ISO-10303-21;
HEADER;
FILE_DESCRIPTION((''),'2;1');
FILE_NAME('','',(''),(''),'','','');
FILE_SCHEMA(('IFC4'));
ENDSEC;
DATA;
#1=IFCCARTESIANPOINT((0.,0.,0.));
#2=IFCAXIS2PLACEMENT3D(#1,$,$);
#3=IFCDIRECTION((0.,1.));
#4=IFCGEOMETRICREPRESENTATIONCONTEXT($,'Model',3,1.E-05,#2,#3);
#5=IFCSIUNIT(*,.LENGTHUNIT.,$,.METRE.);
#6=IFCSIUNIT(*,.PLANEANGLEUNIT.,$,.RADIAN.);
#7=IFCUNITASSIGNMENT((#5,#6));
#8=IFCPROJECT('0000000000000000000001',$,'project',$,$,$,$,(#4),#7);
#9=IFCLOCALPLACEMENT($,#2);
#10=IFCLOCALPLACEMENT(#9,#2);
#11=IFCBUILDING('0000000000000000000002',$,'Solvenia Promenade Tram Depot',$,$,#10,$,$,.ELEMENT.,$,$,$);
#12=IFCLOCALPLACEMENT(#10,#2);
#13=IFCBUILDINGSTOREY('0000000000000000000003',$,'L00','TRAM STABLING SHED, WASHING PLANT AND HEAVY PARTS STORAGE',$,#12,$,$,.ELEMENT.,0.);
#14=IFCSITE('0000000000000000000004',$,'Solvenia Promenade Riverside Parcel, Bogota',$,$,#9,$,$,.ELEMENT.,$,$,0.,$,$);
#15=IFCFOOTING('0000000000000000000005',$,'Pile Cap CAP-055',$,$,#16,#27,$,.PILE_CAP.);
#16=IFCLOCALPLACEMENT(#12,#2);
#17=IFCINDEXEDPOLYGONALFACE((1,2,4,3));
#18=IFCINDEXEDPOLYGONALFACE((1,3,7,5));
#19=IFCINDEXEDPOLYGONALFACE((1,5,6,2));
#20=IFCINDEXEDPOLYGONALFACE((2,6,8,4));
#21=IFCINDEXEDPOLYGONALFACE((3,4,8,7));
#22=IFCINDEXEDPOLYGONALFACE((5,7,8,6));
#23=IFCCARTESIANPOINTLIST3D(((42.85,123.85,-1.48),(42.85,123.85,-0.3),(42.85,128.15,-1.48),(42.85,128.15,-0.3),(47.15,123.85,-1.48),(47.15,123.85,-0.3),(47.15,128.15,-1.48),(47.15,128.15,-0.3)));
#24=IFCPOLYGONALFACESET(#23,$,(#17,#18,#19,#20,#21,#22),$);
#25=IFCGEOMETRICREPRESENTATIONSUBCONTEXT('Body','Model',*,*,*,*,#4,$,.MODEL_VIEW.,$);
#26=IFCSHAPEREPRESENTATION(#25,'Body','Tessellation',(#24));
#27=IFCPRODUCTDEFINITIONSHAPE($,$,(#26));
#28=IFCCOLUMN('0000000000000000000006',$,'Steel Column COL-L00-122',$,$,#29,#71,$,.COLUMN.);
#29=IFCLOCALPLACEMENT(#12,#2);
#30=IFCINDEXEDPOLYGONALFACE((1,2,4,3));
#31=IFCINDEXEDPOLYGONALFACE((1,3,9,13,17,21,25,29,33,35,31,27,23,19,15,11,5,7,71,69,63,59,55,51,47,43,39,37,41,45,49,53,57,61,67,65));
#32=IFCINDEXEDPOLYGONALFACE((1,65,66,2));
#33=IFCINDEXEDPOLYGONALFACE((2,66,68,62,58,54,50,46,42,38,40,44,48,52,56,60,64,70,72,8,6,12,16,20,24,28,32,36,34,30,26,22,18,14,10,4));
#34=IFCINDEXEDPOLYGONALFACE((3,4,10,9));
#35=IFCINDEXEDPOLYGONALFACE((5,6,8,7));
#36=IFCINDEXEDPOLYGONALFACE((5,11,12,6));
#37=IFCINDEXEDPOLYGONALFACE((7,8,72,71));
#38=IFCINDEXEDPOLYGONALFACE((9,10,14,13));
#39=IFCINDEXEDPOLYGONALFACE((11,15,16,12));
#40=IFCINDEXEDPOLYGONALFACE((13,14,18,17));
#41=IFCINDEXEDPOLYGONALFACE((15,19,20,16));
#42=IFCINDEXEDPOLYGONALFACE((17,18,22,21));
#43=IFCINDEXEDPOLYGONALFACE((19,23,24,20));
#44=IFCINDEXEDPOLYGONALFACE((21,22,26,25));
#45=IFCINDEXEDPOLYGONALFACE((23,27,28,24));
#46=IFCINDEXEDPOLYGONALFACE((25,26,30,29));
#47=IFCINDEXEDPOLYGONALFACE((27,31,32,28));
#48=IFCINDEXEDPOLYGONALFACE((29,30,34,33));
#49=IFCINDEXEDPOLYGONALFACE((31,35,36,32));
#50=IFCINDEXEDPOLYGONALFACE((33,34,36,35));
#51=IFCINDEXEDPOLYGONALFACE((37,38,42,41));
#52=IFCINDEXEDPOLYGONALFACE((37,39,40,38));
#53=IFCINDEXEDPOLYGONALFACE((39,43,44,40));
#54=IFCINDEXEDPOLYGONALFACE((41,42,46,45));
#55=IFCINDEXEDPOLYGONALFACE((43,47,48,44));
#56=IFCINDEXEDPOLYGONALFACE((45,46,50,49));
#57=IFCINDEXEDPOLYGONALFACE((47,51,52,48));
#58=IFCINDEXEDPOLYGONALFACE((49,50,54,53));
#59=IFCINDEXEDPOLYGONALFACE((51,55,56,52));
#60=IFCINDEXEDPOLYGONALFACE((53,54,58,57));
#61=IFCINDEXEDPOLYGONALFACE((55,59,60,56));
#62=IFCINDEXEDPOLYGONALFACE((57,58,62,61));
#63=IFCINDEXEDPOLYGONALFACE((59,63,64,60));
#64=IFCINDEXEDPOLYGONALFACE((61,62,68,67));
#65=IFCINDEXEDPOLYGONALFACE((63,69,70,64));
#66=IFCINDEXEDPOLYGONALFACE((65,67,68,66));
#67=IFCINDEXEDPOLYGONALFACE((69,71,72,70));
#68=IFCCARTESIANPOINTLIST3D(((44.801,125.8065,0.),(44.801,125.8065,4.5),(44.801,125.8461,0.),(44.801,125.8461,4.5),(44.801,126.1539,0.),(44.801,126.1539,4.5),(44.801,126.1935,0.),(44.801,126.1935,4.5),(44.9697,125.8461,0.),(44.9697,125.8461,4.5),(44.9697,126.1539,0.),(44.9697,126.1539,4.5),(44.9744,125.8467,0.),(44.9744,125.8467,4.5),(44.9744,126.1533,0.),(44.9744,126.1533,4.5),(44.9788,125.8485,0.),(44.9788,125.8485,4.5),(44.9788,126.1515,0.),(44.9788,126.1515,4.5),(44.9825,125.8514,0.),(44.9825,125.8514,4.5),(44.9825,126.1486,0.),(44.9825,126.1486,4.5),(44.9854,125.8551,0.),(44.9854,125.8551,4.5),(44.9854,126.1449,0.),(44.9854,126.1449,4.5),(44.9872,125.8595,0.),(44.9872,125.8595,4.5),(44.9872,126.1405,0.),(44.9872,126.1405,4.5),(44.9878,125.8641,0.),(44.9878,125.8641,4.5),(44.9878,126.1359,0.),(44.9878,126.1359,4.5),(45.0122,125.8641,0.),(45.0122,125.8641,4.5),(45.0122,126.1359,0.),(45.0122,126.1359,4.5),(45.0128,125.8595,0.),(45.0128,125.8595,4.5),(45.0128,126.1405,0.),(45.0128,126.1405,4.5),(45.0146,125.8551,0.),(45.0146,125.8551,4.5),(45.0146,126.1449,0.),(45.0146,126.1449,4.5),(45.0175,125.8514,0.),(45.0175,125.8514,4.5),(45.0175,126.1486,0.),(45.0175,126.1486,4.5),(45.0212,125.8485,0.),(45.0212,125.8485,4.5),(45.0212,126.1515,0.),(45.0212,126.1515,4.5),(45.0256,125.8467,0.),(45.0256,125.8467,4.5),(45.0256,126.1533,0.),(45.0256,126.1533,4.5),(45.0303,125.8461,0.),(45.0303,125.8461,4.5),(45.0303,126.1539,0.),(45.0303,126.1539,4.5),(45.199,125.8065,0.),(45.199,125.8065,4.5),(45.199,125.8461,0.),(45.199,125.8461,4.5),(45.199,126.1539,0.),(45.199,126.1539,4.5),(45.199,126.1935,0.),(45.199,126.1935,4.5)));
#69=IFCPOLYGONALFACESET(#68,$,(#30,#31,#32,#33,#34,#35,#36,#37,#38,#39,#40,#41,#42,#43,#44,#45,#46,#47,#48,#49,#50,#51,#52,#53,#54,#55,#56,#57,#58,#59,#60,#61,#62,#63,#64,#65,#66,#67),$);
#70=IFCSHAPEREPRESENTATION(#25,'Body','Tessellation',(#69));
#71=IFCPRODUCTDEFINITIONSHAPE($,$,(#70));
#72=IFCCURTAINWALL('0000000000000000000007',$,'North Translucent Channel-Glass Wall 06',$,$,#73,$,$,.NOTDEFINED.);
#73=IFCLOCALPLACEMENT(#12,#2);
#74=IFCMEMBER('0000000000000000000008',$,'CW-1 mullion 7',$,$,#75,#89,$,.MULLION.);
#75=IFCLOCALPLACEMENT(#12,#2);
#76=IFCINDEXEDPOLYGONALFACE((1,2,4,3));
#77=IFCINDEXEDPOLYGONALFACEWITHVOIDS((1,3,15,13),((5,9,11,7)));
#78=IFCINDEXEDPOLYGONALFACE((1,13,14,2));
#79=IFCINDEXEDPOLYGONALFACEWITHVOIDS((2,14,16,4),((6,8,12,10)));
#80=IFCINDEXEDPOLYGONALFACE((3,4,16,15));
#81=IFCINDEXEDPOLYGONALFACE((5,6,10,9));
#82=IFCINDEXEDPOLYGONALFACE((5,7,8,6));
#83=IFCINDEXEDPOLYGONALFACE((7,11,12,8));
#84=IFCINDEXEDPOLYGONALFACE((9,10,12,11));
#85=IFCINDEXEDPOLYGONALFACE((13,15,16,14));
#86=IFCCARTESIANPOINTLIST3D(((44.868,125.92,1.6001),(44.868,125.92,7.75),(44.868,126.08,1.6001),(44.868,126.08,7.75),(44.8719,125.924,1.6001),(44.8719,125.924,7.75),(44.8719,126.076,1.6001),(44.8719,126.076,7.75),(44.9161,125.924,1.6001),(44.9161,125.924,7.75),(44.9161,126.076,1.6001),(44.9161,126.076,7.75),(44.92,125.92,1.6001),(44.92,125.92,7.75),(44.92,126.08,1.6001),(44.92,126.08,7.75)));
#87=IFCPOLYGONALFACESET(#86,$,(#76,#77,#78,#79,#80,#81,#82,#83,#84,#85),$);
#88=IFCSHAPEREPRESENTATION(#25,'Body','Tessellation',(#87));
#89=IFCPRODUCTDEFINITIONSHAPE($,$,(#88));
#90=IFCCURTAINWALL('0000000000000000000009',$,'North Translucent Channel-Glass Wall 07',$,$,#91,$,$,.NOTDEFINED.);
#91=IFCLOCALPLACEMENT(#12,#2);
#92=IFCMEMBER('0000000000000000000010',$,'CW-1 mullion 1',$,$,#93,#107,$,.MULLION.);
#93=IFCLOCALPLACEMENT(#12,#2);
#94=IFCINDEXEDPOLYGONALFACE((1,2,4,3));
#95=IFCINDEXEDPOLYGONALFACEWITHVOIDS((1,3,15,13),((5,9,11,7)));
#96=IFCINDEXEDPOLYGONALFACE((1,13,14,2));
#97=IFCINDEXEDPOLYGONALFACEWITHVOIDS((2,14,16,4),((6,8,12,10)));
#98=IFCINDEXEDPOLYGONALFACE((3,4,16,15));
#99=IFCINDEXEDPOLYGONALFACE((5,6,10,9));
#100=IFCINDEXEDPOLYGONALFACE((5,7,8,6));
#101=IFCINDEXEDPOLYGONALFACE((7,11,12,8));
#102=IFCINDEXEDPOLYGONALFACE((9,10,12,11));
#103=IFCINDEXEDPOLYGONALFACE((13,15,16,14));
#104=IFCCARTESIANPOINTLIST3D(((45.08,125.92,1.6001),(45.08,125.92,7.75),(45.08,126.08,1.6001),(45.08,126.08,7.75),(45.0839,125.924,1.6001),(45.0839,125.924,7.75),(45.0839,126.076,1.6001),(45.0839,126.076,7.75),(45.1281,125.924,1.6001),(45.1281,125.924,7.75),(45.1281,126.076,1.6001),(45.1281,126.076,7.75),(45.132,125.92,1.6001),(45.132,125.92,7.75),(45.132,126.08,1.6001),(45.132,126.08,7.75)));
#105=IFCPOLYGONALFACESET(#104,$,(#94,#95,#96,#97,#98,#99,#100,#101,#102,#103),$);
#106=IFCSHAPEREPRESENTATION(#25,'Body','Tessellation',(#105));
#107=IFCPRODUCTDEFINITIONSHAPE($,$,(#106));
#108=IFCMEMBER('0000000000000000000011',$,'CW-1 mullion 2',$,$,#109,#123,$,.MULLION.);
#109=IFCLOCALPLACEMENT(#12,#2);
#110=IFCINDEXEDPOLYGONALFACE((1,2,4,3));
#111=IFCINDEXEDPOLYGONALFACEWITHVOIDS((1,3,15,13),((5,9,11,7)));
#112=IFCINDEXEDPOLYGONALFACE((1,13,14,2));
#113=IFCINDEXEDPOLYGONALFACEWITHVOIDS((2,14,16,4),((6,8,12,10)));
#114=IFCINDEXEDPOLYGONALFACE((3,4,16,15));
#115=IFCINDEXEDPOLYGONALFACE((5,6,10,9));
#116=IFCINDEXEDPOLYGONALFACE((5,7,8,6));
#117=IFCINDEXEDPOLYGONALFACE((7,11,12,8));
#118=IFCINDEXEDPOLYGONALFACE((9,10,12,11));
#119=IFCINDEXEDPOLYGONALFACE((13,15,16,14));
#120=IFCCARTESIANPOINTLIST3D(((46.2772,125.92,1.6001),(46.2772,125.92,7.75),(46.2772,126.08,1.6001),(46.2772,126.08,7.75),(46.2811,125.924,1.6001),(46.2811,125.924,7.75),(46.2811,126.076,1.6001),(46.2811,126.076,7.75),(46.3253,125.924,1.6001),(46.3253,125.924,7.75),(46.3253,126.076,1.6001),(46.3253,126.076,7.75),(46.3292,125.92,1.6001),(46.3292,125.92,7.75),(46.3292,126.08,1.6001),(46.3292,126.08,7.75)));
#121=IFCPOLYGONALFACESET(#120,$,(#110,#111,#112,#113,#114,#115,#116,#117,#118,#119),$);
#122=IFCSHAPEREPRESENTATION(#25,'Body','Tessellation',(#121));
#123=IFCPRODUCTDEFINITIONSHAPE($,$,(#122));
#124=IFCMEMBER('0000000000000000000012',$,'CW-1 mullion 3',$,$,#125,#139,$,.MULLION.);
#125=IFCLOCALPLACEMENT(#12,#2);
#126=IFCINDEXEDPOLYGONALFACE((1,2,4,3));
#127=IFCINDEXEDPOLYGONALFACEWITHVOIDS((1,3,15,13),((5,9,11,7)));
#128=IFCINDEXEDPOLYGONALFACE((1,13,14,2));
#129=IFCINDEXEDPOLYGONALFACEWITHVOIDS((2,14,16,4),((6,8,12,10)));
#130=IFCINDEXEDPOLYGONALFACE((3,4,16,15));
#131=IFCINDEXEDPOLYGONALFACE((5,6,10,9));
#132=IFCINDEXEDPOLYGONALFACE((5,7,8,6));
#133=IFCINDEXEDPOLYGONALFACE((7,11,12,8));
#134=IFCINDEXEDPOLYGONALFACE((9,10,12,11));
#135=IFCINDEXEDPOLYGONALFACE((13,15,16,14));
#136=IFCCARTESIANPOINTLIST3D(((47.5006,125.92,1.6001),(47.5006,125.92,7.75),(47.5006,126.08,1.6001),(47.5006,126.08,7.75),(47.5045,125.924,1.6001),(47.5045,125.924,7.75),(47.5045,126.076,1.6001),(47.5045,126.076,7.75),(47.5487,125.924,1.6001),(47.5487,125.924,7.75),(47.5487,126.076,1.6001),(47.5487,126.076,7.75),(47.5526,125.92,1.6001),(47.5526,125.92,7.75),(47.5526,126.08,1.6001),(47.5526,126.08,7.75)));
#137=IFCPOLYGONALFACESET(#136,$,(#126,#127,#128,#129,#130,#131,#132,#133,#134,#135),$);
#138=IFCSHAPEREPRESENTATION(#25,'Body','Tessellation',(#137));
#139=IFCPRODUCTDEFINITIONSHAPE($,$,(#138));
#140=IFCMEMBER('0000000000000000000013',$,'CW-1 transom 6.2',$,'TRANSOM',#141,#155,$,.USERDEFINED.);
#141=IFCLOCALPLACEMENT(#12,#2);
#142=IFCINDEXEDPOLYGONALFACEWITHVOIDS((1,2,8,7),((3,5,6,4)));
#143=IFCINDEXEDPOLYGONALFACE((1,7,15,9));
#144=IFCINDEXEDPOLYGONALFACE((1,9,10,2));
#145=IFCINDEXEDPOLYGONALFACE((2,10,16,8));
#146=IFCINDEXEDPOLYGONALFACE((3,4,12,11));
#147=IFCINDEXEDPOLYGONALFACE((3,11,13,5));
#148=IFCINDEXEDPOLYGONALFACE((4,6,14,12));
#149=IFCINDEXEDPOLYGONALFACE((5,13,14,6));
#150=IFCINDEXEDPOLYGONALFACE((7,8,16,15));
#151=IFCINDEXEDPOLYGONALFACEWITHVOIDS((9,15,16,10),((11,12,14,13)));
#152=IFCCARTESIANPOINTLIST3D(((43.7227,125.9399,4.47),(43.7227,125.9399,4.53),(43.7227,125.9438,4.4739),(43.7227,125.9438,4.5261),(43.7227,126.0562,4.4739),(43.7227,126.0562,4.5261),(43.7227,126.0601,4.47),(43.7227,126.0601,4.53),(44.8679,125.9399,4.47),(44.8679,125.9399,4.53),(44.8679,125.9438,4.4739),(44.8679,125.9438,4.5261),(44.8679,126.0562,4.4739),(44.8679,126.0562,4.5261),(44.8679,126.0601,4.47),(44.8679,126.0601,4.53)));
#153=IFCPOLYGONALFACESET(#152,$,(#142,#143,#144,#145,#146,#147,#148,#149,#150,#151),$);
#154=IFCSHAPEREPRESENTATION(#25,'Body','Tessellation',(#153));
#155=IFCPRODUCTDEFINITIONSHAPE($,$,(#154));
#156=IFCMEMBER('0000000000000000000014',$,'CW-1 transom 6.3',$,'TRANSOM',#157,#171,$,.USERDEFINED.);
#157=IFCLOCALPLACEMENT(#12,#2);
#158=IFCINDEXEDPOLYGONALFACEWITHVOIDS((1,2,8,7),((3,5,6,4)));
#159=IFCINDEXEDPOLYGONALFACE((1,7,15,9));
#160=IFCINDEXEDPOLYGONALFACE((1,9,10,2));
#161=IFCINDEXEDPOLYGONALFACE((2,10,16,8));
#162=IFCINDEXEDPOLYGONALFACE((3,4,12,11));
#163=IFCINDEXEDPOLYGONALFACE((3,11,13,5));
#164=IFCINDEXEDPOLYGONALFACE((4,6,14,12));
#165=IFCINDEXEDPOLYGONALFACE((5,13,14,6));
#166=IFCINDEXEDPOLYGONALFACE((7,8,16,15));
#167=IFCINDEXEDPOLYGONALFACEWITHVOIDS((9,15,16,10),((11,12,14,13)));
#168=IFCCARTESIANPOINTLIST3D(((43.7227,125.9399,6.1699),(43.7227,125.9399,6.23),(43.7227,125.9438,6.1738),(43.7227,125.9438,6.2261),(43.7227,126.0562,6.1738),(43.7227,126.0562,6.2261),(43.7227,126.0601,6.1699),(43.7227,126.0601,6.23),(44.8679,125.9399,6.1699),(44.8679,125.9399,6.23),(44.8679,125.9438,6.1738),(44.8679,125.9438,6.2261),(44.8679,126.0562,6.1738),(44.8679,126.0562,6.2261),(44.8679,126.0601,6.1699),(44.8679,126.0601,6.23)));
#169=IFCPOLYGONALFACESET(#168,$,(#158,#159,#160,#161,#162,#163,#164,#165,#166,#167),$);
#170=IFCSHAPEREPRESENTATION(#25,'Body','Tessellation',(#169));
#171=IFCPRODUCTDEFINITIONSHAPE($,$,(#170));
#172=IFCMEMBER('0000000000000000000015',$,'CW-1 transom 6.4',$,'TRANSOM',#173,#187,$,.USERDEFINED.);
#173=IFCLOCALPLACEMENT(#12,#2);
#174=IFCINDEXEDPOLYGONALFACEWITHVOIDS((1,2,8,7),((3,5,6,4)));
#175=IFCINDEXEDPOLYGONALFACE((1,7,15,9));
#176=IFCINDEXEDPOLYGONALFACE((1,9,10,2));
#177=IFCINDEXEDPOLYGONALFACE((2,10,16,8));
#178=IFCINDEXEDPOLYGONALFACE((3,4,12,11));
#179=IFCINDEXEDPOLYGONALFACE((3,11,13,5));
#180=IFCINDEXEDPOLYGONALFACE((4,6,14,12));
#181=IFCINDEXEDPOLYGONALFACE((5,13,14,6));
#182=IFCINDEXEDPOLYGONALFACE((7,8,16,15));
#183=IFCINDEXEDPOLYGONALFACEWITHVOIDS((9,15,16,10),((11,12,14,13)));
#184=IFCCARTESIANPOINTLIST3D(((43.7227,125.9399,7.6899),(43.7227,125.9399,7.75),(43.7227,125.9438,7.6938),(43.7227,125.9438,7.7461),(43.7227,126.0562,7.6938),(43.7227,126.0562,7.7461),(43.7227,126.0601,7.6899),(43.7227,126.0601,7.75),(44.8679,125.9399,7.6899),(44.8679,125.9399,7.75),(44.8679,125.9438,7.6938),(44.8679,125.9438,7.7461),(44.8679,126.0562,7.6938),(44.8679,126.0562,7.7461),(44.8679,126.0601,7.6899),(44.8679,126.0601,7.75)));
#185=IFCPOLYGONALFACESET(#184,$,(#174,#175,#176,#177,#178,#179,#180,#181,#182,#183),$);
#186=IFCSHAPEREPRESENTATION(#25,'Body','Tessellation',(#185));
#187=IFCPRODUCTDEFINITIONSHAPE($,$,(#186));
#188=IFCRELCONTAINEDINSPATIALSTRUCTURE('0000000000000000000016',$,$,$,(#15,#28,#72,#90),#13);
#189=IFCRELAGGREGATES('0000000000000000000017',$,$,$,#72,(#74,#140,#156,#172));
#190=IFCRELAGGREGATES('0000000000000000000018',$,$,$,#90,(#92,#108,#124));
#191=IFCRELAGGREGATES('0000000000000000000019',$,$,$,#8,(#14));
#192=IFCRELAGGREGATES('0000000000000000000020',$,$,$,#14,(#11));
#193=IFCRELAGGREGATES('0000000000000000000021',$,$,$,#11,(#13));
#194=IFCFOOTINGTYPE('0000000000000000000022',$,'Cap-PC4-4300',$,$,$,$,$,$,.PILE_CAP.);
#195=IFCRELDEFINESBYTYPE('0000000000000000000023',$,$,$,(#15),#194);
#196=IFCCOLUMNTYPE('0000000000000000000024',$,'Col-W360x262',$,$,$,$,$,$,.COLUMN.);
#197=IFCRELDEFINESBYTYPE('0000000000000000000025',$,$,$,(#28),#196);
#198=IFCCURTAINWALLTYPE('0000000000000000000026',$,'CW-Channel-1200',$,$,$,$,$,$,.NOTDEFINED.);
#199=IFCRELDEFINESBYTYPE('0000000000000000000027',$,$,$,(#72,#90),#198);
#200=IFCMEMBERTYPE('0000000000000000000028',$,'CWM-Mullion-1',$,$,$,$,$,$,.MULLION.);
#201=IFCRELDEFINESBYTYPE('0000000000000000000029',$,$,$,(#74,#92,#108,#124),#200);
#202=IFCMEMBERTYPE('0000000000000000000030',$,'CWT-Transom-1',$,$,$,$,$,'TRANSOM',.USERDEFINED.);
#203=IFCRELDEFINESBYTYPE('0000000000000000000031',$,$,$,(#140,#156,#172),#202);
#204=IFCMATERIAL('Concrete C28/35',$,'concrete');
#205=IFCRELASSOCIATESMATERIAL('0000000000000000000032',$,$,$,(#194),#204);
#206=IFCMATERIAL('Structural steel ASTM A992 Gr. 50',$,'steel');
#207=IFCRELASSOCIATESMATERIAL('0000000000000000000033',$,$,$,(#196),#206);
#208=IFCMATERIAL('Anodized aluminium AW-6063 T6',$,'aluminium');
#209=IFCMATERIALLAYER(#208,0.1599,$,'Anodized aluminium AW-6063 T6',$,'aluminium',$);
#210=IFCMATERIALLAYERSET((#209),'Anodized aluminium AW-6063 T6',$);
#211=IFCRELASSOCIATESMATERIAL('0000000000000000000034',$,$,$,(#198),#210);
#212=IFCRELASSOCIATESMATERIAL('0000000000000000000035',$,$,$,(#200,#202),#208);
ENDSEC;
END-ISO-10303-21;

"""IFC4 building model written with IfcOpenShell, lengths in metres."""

from ifc_helpers import new_model, si_unit, direction, frame, origin, origin_2d, place, context, subcontext, project, spatial, rectangle, hollow_rectangle, i_section, extrude, material, layer, layer_set, material_profile, profile_set, type_object, element, aggregate, save


model = new_model("IFC4")

# Units and contexts
model_context = context("Model", 3, precision=1e-05, world=origin(), true_north=direction((0.0, 1.0)))
body_context = subcontext(model_context, "Body", "Model", "MODEL_VIEW")
ifc_project = project(units=[si_unit("LENGTHUNIT", "METRE"), si_unit("PLANEANGLEUNIT", "RADIAN")], contexts=[model_context])

# Site, building, storey
site_placement = place(None, origin())
site = spatial("IfcSite", under=ifc_project, at=site_placement, Name="Solvenia Promenade Riverside Parcel, Bogota", CompositionType="ELEMENT", RefElevation=0.0)
building_placement = place(site_placement, origin())
building = spatial("IfcBuilding", under=site, at=building_placement, Name="Solvenia Promenade Tram Depot", CompositionType="ELEMENT")
storey_placement = place(building_placement, origin())
storey = spatial("IfcBuildingStorey", under=building, at=storey_placement, Name="L00", Description="TRAM STABLING SHED, WASHING PLANT AND HEAVY PARTS STORAGE", CompositionType="ELEMENT", Elevation=0.0)

# Footing
ifc_material_1 = material(Name="Concrete C28/35", Category="concrete")
footing_type = type_object("IfcFootingType", Name="Cap-PC4-4300", PredefinedType="PILE_CAP", material=ifc_material_1)
footing_placement = place(storey_placement, frame((45.0, 126.0, -1.48), z_axis=(0.0, 0.0, 1.0), x_axis=(1.0, 0.0, 0.0)))
element("IfcFooting", 1, at=footing_placement, inside=storey, type_object=footing_type, Name="Pile Cap CAP-055", PredefinedType="PILE_CAP", context=body_context, shape_type="SweptSolid", body=[
    extrude(rectangle(XDim=4.3, YDim=4.3, at=origin_2d()), origin(), (0.0, 0.0, 1.0), 1.1799),
])

# Column
ifc_material_2 = material(Name="Structural steel ASTM A992 Gr. 50", Category="steel")
ifc_material_profile_1 = material_profile(ifc_material_2, i_section(OverallWidth=0.3979, OverallDepth=0.387, WebThickness=0.0244, FlangeThickness=0.0396, FilletRadius=0.0181, at=origin_2d()), Name="W360x262", Category="steel")
ifc_profile_set_1 = profile_set([ifc_material_profile_1], Name="Structural steel ASTM A992 Gr. 50")
column_type = type_object("IfcColumnType", Name="Col-W360x262", PredefinedType="COLUMN", material=ifc_profile_set_1)
column_placement = place(storey_placement, frame((45.0, 126.0, 0.0), z_axis=(0.0, 0.0, 1.0), x_axis=(1.0, 0.0, 0.0)))
element("IfcColumn", 2, at=column_placement, inside=storey, type_object=column_type, Name="Steel Column COL-L00-122", PredefinedType="COLUMN", context=body_context, shape_type="SweptSolid", body=[
    extrude(i_section(OverallWidth=0.3979, OverallDepth=0.387, WebThickness=0.0244, FlangeThickness=0.0396, FilletRadius=0.0181, at=origin_2d()), origin(), (0.0, 0.0, 1.0), 4.5),
])

# Curtain wall, member
ifc_material_3 = material(Name="Anodized aluminium AW-6063 T6", Category="aluminium")
ifc_layer_1 = layer(ifc_material_3, 0.1599, Name="Anodized aluminium AW-6063 T6", Category="aluminium")
ifc_layer_set_1 = layer_set([ifc_layer_1], Name="Anodized aluminium AW-6063 T6")
curtain_wall_type = type_object("IfcCurtainWallType", Name="CW-Channel-1200", PredefinedType="NOTDEFINED", material=ifc_layer_set_1)
curtain_wall_1_placement = place(storey_placement, origin())
curtain_wall_1 = element("IfcCurtainWall", 3, at=curtain_wall_1_placement, inside=storey, type_object=curtain_wall_type, Name="North Translucent Channel-Glass Wall 06", PredefinedType="NOTDEFINED")
ifc_material_profile_2 = material_profile(ifc_material_3, hollow_rectangle(XDim=0.1599, YDim=0.052, WallThickness=0.0039, at=origin_2d()), Name="ALU-M1", Category="aluminium")
ifc_profile_set_2 = profile_set([ifc_material_profile_2], Name="Anodized aluminium AW-6063 T6")
member_type_1 = type_object("IfcMemberType", Name="CWM-Mullion-1", PredefinedType="MULLION", material=ifc_profile_set_2)
member_1_placement = place(storey_placement, frame((44.894, 126.0, 1.6001), z_axis=(0.0, 0.0, 1.0), x_axis=(0.0, 1.0, 0.0)))
member_1 = element("IfcMember", 4, at=member_1_placement, type_object=member_type_1, Name="CW-1 mullion 7", PredefinedType="MULLION", context=body_context, shape_type="SweptSolid", body=[
    extrude(hollow_rectangle(XDim=0.1599, YDim=0.052, WallThickness=0.0039, at=origin_2d()), origin(), (0.0, 0.0, 1.0), 6.1499),
])

# Curtain wall, members
curtain_wall_2_placement = place(storey_placement, origin())
curtain_wall_2 = element("IfcCurtainWall", 5, at=curtain_wall_2_placement, inside=storey, type_object=curtain_wall_type, Name="North Translucent Channel-Glass Wall 07", PredefinedType="NOTDEFINED")
member_2_placement = place(storey_placement, frame((45.106, 126.0, 1.6001), z_axis=(0.0, 0.0, 1.0), x_axis=(0.0, 1.0, 0.0)))
member_2 = element("IfcMember", 6, at=member_2_placement, type_object=member_type_1, Name="CW-1 mullion 1", PredefinedType="MULLION", context=body_context, shape_type="SweptSolid", body=[
    extrude(hollow_rectangle(XDim=0.1599, YDim=0.052, WallThickness=0.0039, at=origin_2d()), origin(), (0.0, 0.0, 1.0), 6.1499),
])
member_3_placement = place(storey_placement, frame((46.3032, 126.0, 1.6001), z_axis=(0.0, 0.0, 1.0), x_axis=(0.0, 1.0, 0.0)))
member_3 = element("IfcMember", 7, at=member_3_placement, type_object=member_type_1, Name="CW-1 mullion 2", PredefinedType="MULLION", context=body_context, shape_type="SweptSolid", body=[
    extrude(hollow_rectangle(XDim=0.1599, YDim=0.052, WallThickness=0.0039, at=origin_2d()), origin(), (0.0, 0.0, 1.0), 6.1499),
])
member_4_placement = place(storey_placement, frame((47.5266, 126.0, 1.6001), z_axis=(0.0, 0.0, 1.0), x_axis=(0.0, 1.0, 0.0)))
member_4 = element("IfcMember", 8, at=member_4_placement, type_object=member_type_1, Name="CW-1 mullion 3", PredefinedType="MULLION", context=body_context, shape_type="SweptSolid", body=[
    extrude(hollow_rectangle(XDim=0.1599, YDim=0.052, WallThickness=0.0039, at=origin_2d()), origin(), (0.0, 0.0, 1.0), 6.1499),
])

# Members
ifc_material_profile_3 = material_profile(ifc_material_3, hollow_rectangle(XDim=0.1201, YDim=0.0601, WallThickness=0.0039, at=origin_2d()), Name="ALU-T1", Category="aluminium")
ifc_profile_set_3 = profile_set([ifc_material_profile_3], Name="Anodized aluminium AW-6063 T6")
member_type_2 = type_object("IfcMemberType", Name="CWT-Transom-1", ElementType="TRANSOM", PredefinedType="USERDEFINED", material=ifc_profile_set_3)
member_5_placement = place(storey_placement, frame((43.7227, 126.0, 4.5), z_axis=(1.0, 0.0, 0.0), x_axis=(0.0, 1.0, 0.0)))
member_5 = element("IfcMember", 9, at=member_5_placement, type_object=member_type_2, Name="CW-1 transom 6.2", ObjectType="TRANSOM", PredefinedType="USERDEFINED", context=body_context, shape_type="SweptSolid", body=[
    extrude(hollow_rectangle(XDim=0.1201, YDim=0.0601, WallThickness=0.0039, at=origin_2d()), origin(), (0.0, 0.0, 1.0), 1.1453),
])
member_6_placement = place(storey_placement, frame((43.7227, 126.0, 6.2), z_axis=(1.0, 0.0, 0.0), x_axis=(0.0, 1.0, 0.0)))
member_6 = element("IfcMember", 10, at=member_6_placement, type_object=member_type_2, Name="CW-1 transom 6.3", ObjectType="TRANSOM", PredefinedType="USERDEFINED", context=body_context, shape_type="SweptSolid", body=[
    extrude(hollow_rectangle(XDim=0.1201, YDim=0.0601, WallThickness=0.0039, at=origin_2d()), origin(), (0.0, 0.0, 1.0), 1.1453),
])
member_7_placement = place(storey_placement, frame((43.7227, 126.0, 7.72), z_axis=(1.0, 0.0, 0.0), x_axis=(0.0, 1.0, 0.0)))
member_7 = element("IfcMember", 11, at=member_7_placement, type_object=member_type_2, Name="CW-1 transom 6.4", ObjectType="TRANSOM", PredefinedType="USERDEFINED", context=body_context, shape_type="SweptSolid", body=[
    extrude(hollow_rectangle(XDim=0.1201, YDim=0.0601, WallThickness=0.0039, at=origin_2d()), origin(), (0.0, 0.0, 1.0), 1.1453),
])

aggregate(curtain_wall_1, [member_1, member_5, member_6, member_7])
aggregate(curtain_wall_2, [member_2, member_3, member_4])

save(model, "model.ifc")
